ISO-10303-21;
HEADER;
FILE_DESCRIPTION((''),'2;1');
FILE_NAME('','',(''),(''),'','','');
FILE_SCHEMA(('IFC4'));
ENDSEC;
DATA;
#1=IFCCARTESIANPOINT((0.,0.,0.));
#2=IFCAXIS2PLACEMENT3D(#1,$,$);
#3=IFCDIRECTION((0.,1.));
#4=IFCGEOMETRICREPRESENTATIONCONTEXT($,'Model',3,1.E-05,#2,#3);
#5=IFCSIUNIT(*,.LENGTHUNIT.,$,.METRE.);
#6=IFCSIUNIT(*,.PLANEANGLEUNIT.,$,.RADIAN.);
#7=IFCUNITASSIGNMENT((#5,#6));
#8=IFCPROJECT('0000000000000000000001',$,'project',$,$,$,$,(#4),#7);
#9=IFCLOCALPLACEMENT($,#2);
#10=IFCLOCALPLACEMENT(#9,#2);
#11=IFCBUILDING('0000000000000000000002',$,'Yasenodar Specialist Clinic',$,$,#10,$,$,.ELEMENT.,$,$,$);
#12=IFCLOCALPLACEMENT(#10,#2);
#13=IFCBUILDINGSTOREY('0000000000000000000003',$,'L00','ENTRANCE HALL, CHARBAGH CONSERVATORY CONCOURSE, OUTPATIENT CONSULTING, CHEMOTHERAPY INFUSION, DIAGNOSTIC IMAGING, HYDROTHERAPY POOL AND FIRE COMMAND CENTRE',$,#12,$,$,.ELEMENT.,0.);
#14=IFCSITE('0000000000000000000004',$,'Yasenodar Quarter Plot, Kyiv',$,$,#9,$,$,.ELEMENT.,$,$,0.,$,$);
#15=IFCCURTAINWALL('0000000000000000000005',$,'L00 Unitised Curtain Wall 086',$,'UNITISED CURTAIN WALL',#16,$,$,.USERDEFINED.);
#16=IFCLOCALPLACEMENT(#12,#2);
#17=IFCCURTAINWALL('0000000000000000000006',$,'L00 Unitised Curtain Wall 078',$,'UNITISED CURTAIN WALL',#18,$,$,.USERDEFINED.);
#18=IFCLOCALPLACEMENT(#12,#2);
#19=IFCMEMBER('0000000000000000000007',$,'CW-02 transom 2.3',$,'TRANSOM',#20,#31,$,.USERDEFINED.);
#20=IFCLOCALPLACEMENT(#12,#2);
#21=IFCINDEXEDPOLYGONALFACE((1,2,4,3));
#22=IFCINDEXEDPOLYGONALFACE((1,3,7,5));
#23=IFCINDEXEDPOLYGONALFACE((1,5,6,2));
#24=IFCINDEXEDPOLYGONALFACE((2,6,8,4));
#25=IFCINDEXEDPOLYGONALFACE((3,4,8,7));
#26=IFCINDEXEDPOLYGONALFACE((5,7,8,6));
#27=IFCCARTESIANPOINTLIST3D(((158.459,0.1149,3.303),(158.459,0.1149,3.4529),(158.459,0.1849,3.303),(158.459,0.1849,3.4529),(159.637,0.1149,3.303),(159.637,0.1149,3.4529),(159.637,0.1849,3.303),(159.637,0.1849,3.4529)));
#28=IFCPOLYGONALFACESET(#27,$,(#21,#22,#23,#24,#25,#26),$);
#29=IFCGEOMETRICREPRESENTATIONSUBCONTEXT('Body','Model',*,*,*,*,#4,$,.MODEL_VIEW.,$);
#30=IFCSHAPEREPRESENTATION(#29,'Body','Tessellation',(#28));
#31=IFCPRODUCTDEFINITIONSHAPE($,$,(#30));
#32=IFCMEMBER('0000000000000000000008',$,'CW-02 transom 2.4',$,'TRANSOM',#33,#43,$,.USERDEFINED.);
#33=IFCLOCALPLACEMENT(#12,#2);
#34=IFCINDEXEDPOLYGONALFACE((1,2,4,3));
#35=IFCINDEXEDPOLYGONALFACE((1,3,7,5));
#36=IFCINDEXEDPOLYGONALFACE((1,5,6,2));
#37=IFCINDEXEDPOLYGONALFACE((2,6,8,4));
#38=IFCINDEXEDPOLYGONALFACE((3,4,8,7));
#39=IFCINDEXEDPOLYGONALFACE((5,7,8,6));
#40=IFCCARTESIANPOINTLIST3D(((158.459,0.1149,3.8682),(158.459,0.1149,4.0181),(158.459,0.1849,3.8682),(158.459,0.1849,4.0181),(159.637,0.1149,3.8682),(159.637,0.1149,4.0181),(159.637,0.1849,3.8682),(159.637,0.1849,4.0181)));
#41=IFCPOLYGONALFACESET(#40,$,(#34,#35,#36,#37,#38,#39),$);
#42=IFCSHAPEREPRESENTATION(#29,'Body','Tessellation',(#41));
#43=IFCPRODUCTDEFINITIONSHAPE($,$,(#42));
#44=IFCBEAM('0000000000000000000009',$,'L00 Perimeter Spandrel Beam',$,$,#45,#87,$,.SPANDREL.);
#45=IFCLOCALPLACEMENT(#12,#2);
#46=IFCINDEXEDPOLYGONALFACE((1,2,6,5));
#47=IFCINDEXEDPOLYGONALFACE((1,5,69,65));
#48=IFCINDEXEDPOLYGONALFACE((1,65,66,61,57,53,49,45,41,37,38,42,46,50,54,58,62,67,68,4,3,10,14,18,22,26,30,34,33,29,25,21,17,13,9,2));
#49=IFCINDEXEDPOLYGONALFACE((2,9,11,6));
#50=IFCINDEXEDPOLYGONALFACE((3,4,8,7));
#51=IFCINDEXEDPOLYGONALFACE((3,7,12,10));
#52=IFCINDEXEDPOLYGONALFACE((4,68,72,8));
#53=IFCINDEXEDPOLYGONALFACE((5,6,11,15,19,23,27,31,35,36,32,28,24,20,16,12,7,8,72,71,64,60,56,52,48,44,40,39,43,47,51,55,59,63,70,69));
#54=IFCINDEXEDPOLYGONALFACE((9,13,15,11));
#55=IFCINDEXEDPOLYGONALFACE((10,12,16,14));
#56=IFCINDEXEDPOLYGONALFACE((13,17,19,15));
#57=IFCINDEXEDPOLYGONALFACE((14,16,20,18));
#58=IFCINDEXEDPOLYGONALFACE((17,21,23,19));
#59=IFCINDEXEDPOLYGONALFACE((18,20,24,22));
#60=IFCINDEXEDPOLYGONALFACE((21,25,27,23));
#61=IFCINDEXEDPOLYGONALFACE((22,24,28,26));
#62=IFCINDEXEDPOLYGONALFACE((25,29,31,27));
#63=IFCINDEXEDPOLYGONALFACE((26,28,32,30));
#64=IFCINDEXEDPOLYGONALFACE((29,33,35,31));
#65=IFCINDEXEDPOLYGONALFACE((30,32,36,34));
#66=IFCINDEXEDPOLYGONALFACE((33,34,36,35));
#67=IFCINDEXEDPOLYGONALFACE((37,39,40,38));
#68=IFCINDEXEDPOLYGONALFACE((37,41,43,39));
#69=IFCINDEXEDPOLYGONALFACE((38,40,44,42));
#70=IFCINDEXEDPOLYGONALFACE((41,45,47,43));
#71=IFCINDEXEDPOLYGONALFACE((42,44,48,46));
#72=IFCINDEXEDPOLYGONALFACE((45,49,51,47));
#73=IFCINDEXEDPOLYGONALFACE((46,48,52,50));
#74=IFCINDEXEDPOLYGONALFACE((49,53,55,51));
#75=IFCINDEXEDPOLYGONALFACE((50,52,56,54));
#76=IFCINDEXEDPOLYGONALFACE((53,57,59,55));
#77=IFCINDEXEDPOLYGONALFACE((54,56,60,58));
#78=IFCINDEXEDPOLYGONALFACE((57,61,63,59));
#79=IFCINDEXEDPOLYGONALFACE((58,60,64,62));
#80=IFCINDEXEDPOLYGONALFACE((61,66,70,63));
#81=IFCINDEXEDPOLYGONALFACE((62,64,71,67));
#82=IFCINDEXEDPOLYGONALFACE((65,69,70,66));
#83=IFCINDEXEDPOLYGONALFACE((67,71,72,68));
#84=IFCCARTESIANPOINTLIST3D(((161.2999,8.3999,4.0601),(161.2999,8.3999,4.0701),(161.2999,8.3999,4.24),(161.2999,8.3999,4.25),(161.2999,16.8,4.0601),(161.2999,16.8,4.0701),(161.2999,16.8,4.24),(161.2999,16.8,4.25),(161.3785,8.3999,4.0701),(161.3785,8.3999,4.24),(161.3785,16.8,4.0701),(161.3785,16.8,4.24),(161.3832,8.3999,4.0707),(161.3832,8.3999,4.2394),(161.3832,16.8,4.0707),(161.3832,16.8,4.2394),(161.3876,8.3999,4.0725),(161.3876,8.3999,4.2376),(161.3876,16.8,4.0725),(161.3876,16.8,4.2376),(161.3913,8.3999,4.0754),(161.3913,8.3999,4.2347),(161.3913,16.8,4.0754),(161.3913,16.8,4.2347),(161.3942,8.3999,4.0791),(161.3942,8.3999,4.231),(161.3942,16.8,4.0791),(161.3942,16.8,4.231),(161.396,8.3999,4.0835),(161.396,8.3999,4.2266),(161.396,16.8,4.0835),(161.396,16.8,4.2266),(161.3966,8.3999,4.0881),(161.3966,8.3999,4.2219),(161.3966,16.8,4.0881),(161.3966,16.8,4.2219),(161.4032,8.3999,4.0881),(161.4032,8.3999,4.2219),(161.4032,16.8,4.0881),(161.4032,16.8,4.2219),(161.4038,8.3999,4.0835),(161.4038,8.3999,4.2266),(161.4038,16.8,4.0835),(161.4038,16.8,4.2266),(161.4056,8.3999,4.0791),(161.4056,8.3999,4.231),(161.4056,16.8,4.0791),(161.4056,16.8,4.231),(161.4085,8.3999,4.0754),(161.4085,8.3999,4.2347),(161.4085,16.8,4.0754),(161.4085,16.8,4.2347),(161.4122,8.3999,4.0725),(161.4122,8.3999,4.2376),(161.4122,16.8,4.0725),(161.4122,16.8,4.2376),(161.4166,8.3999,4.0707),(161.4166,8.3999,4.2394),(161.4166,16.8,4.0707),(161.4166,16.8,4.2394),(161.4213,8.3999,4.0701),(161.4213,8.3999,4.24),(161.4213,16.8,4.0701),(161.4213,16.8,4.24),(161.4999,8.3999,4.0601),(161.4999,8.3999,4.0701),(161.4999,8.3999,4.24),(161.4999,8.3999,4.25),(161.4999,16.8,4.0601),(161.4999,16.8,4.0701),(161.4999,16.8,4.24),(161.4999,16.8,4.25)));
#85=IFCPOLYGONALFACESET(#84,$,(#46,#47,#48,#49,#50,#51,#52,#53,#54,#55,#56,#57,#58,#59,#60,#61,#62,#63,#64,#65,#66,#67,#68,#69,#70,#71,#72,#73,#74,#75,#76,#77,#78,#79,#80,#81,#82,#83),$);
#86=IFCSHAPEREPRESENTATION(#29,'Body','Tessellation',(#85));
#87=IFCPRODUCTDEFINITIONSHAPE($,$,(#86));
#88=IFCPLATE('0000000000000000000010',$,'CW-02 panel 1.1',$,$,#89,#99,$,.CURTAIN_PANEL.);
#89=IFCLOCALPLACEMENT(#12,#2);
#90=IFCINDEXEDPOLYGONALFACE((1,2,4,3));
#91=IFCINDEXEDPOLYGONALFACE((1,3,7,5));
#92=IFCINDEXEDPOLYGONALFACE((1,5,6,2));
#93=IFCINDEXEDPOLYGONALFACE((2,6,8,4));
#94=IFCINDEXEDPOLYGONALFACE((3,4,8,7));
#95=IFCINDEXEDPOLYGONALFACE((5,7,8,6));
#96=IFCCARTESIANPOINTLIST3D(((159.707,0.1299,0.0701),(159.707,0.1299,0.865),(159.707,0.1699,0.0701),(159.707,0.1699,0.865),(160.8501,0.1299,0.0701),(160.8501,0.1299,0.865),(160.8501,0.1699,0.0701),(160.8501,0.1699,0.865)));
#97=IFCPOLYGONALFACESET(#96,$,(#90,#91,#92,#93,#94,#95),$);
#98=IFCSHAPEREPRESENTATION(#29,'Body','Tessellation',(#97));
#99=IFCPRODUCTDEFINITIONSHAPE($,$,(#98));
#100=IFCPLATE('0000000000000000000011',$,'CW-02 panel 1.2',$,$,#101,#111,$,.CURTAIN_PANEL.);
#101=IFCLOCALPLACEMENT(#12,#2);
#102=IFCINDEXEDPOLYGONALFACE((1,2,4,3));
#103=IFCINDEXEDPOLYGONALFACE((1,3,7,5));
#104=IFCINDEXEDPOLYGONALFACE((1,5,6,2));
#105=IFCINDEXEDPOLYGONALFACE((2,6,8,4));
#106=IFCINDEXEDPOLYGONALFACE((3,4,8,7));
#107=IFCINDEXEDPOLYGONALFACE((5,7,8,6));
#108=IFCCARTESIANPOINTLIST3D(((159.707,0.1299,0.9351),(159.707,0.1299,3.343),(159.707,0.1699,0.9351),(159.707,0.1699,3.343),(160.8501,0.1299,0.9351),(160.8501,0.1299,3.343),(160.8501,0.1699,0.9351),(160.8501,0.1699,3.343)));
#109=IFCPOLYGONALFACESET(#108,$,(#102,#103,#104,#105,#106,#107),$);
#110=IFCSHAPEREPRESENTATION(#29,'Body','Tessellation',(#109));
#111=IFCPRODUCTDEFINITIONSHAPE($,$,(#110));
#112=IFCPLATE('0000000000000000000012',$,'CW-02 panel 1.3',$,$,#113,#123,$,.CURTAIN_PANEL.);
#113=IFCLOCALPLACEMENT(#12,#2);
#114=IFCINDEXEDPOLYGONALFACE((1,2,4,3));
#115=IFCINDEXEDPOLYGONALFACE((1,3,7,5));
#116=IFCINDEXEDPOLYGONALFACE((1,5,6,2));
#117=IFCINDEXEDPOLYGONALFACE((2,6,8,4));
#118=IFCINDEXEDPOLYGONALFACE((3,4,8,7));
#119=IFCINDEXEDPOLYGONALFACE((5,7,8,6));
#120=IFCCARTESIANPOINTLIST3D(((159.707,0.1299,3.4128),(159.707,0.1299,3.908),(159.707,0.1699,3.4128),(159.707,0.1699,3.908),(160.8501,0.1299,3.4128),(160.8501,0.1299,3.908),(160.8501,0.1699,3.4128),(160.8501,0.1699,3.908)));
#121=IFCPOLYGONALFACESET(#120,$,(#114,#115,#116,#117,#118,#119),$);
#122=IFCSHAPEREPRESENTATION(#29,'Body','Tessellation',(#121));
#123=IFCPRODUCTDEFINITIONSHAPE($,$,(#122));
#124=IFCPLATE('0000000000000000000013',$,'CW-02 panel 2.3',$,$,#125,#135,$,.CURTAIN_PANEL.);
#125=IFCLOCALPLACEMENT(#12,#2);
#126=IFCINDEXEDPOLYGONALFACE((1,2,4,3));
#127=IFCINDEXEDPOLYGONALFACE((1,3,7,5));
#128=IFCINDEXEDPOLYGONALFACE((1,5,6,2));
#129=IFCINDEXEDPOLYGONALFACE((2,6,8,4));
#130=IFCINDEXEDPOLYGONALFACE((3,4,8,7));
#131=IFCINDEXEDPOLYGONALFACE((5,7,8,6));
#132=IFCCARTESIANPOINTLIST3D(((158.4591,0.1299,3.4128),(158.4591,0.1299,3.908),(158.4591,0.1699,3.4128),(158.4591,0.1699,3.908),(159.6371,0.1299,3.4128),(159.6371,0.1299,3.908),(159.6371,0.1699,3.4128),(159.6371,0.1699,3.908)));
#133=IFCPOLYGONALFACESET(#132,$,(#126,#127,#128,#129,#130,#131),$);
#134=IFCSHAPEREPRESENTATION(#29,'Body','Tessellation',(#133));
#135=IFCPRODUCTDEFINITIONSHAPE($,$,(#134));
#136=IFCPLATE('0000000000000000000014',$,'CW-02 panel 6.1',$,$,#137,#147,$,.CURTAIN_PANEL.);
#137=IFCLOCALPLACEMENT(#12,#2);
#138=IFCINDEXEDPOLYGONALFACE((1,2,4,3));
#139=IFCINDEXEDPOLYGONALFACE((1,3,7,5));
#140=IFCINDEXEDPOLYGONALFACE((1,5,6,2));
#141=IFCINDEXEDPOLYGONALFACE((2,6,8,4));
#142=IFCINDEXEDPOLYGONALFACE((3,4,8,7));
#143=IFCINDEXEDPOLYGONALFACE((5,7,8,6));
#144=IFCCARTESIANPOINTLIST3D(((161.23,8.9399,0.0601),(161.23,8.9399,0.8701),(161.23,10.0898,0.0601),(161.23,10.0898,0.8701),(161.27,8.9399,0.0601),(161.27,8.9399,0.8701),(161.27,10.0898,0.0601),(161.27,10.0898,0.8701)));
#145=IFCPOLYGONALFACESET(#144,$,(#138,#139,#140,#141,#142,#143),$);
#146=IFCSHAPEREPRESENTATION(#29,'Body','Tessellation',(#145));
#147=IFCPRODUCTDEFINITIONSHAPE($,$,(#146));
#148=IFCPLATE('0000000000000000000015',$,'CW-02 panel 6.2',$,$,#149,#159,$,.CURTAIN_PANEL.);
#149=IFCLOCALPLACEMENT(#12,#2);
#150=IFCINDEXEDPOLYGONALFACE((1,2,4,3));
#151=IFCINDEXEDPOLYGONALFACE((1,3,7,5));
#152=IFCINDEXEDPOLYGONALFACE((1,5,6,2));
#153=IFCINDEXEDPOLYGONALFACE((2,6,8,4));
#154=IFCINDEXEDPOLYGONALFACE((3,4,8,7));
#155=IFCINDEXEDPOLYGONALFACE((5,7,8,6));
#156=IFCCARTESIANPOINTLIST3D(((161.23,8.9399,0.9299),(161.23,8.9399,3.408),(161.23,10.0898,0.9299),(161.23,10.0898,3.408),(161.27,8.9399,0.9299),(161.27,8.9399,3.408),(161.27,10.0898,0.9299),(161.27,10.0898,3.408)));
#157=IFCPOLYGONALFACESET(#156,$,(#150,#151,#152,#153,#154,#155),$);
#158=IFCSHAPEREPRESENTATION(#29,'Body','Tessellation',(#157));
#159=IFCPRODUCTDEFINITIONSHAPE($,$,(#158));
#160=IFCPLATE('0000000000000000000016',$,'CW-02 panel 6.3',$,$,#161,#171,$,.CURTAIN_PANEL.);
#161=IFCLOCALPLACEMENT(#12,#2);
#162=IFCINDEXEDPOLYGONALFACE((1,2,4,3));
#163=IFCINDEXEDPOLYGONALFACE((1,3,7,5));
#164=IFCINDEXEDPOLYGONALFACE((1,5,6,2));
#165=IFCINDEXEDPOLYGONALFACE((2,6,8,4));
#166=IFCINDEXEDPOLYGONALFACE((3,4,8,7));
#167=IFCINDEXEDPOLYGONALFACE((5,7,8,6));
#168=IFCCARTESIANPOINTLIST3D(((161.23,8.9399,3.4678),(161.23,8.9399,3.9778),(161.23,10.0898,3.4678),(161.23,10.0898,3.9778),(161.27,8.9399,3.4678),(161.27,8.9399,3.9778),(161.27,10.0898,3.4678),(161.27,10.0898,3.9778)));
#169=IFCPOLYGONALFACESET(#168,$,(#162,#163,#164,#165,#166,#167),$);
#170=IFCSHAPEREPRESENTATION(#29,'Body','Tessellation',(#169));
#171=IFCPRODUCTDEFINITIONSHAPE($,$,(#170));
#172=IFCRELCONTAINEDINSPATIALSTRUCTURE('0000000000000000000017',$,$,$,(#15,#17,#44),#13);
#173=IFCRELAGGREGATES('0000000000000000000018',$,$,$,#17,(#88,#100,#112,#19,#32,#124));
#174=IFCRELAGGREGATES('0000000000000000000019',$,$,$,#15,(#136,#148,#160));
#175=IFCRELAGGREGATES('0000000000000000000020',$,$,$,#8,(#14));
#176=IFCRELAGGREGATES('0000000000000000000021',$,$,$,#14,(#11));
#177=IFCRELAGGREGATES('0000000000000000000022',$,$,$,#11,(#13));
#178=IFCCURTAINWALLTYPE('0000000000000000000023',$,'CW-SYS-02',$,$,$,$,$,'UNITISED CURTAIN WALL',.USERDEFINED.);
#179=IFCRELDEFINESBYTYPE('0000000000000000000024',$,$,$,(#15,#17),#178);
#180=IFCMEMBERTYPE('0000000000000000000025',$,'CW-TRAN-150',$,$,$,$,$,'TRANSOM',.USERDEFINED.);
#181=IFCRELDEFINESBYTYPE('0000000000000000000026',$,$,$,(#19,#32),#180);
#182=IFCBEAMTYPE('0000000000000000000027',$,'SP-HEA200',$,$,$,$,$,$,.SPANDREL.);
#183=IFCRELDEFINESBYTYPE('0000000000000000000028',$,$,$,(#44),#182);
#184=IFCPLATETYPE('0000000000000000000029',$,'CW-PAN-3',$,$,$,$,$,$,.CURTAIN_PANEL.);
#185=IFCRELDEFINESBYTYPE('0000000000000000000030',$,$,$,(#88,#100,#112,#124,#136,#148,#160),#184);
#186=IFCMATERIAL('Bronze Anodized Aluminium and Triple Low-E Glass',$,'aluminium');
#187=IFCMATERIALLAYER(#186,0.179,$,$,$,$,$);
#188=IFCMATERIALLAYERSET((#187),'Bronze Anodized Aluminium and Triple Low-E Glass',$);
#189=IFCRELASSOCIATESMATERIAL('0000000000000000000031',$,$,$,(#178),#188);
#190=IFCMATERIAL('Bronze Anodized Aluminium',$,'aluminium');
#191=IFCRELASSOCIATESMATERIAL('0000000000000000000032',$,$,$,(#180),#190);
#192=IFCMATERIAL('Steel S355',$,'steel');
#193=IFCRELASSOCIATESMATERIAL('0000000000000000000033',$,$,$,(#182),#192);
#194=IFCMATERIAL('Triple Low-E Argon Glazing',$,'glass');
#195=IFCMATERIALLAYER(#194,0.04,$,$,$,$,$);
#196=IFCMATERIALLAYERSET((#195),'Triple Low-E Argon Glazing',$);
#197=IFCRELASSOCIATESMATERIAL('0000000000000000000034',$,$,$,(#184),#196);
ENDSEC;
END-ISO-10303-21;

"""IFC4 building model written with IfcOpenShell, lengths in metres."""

from ifc_helpers import new_model, si_unit, direction, frame, origin, origin_2d, place, context, subcontext, project, spatial, rectangle, i_section, extrude, material, layer, layer_set, material_profile, profile_set, type_object, element, aggregate, save


model = new_model("IFC4")

# Units and contexts
model_context = context("Model", 3, precision=1e-05, world=origin(), true_north=direction((0.0, 1.0)))
body_context = subcontext(model_context, "Body", "Model", "MODEL_VIEW")
ifc_project = project(units=[si_unit("LENGTHUNIT", "METRE"), si_unit("PLANEANGLEUNIT", "RADIAN")], contexts=[model_context])

# Site, building, storey
site_placement = place(None, origin())
site = spatial("IfcSite", under=ifc_project, at=site_placement, Name="Yasenodar Quarter Plot, Kyiv", CompositionType="ELEMENT", RefElevation=0.0)
building_placement = place(site_placement, origin())
building = spatial("IfcBuilding", under=site, at=building_placement, Name="Yasenodar Specialist Clinic", CompositionType="ELEMENT")
storey_placement = place(building_placement, origin())
storey = spatial("IfcBuildingStorey", under=building, at=storey_placement, Name="L00", Description="ENTRANCE HALL, CHARBAGH CONSERVATORY CONCOURSE, OUTPATIENT CONSULTING, CHEMOTHERAPY INFUSION, DIAGNOSTIC IMAGING, HYDROTHERAPY POOL AND FIRE COMMAND CENTRE", CompositionType="ELEMENT", Elevation=0.0)

# Shared definitions
ifc_material_1 = material(Name="Steel S355", Category="steel")

# Curtain wall
ifc_material_2 = material(Name="Bronze Anodized Aluminium and Triple Low-E Glass", Category="aluminium")
ifc_layer_1 = layer(ifc_material_2, 0.179)
ifc_layer_set_1 = layer_set([ifc_layer_1], Name="Bronze Anodized Aluminium and Triple Low-E Glass")
curtain_wall_type = type_object("IfcCurtainWallType", Name="CW-SYS-02", ElementType="UNITISED CURTAIN WALL", PredefinedType="USERDEFINED", material=ifc_layer_set_1)
curtain_wall_1_placement = place(storey_placement, origin())
curtain_wall_1 = element("IfcCurtainWall", 1, at=curtain_wall_1_placement, inside=storey, type_object=curtain_wall_type, Name="L00 Unitised Curtain Wall 086", ObjectType="UNITISED CURTAIN WALL", PredefinedType="USERDEFINED")
ifc_material_3 = material(Name="Bronze Anodized Aluminium", Category="aluminium")

# Curtain wall
curtain_wall_2_placement = place(storey_placement, origin())
curtain_wall_2 = element("IfcCurtainWall", 2, at=curtain_wall_2_placement, inside=storey, type_object=curtain_wall_type, Name="L00 Unitised Curtain Wall 078", ObjectType="UNITISED CURTAIN WALL", PredefinedType="USERDEFINED")

# Members
ifc_material_profile_1 = material_profile(ifc_material_3, rectangle(XDim=0.0701, YDim=0.1499, at=origin_2d()), Name="CW-TRAN 70x150")
ifc_profile_set_1 = profile_set([ifc_material_profile_1], Name="Bronze Anodized Aluminium")
member_type_1 = type_object("IfcMemberType", Name="CW-TRAN-150", ElementType="TRANSOM", PredefinedType="USERDEFINED", material=ifc_profile_set_1)
member_1_placement = place(storey_placement, frame((159.637, 0.1499, 3.3779), z_axis=(-1.0, 0.0, 0.0), x_axis=(0.0, -1.0, 0.0)))
member_1 = element("IfcMember", 3, at=member_1_placement, type_object=member_type_1, Name="CW-02 transom 2.3", ObjectType="TRANSOM", PredefinedType="USERDEFINED", context=body_context, shape_type="SweptSolid", body=[
    extrude(rectangle(XDim=0.0701, YDim=0.1499, at=origin_2d()), origin(), (0.0, 0.0, 1.0), 1.178),
])
member_2_placement = place(storey_placement, frame((159.637, 0.1499, 3.9431), z_axis=(-1.0, 0.0, 0.0), x_axis=(0.0, -1.0, 0.0)))
member_2 = element("IfcMember", 4, at=member_2_placement, type_object=member_type_1, Name="CW-02 transom 2.4", ObjectType="TRANSOM", PredefinedType="USERDEFINED", context=body_context, shape_type="SweptSolid", body=[
    extrude(rectangle(XDim=0.0701, YDim=0.1499, at=origin_2d()), origin(), (0.0, 0.0, 1.0), 1.178),
])

# Beam
ifc_material_profile_2 = material_profile(ifc_material_1, i_section(OverallWidth=0.2, OverallDepth=0.1899, WebThickness=0.0066, FlangeThickness=0.01, FilletRadius=0.0181, at=origin_2d()), Name="HEA 200")
ifc_profile_set_2 = profile_set([ifc_material_profile_2], Name="Steel S355")
beam_type = type_object("IfcBeamType", Name="SP-HEA200", PredefinedType="SPANDREL", material=ifc_profile_set_2)
beam_placement = place(storey_placement, frame((161.3999, 8.3999, 4.155), z_axis=(0.0, 1.0, 0.0), x_axis=(-1.0, 0.0, 0.0)))
element("IfcBeam", 5, at=beam_placement, inside=storey, type_object=beam_type, Name="L00 Perimeter Spandrel Beam", PredefinedType="SPANDREL", context=body_context, shape_type="SweptSolid", body=[
    extrude(i_section(OverallWidth=0.2, OverallDepth=0.1899, WebThickness=0.0066, FlangeThickness=0.01, FilletRadius=0.0181, at=origin_2d()), origin(), (0.0, 0.0, 1.0), 8.4001),
])

# Plates
ifc_material_4 = material(Name="Triple Low-E Argon Glazing", Category="glass")
ifc_layer_2 = layer(ifc_material_4, 0.04)
ifc_layer_set_2 = layer_set([ifc_layer_2], Name="Triple Low-E Argon Glazing")
plate_type = type_object("IfcPlateType", Name="CW-PAN-3", PredefinedType="CURTAIN_PANEL", material=ifc_layer_set_2)
plate_1_placement = place(storey_placement, frame((160.2786, 0.1499, 0.0701), z_axis=(0.0, 0.0, 1.0), x_axis=(-1.0, 0.0, 0.0)))
plate_1 = element("IfcPlate", 6, at=plate_1_placement, type_object=plate_type, Name="CW-02 panel 1.1", PredefinedType="CURTAIN_PANEL", context=body_context, shape_type="SweptSolid", body=[
    extrude(rectangle(XDim=1.1431, YDim=0.04, at=origin_2d()), origin(), (0.0, 0.0, 1.0), 0.7949),
])
plate_2_placement = place(storey_placement, frame((160.2786, 0.1499, 0.9351), z_axis=(0.0, 0.0, 1.0), x_axis=(-1.0, 0.0, 0.0)))
plate_2 = element("IfcPlate", 7, at=plate_2_placement, type_object=plate_type, Name="CW-02 panel 1.2", PredefinedType="CURTAIN_PANEL", context=body_context, shape_type="SweptSolid", body=[
    extrude(rectangle(XDim=1.1431, YDim=0.04, at=origin_2d()), origin(), (0.0, 0.0, 1.0), 2.408),
])
plate_3_placement = place(storey_placement, frame((160.2786, 0.1499, 3.4128), z_axis=(0.0, 0.0, 1.0), x_axis=(-1.0, 0.0, 0.0)))
plate_3 = element("IfcPlate", 8, at=plate_3_placement, type_object=plate_type, Name="CW-02 panel 1.3", PredefinedType="CURTAIN_PANEL", context=body_context, shape_type="SweptSolid", body=[
    extrude(rectangle(XDim=1.1431, YDim=0.04, at=origin_2d()), origin(), (0.0, 0.0, 1.0), 0.4951),
])
plate_4_placement = place(storey_placement, frame((159.0481, 0.1499, 3.4128), z_axis=(0.0, 0.0, 1.0), x_axis=(-1.0, 0.0, 0.0)))
plate_4 = element("IfcPlate", 9, at=plate_4_placement, type_object=plate_type, Name="CW-02 panel 2.3", PredefinedType="CURTAIN_PANEL", context=body_context, shape_type="SweptSolid", body=[
    extrude(rectangle(XDim=1.178, YDim=0.04, at=origin_2d()), origin(), (0.0, 0.0, 1.0), 0.4951),
])
aggregate(curtain_wall_2, [plate_1, plate_2, plate_3, member_1, member_2, plate_4])
plate_5_placement = place(storey_placement, frame((161.25, 9.5149, 0.0601), z_axis=(0.0, 0.0, 1.0), x_axis=(0.0, -1.0, 0.0)))
plate_5 = element("IfcPlate", 10, at=plate_5_placement, type_object=plate_type, Name="CW-02 panel 6.1", PredefinedType="CURTAIN_PANEL", context=body_context, shape_type="SweptSolid", body=[
    extrude(rectangle(XDim=1.1499, YDim=0.04, at=origin_2d()), origin(), (0.0, 0.0, 1.0), 0.8101),
])
plate_6_placement = place(storey_placement, frame((161.25, 9.5149, 0.9299), z_axis=(0.0, 0.0, 1.0), x_axis=(0.0, -1.0, 0.0)))
plate_6 = element("IfcPlate", 11, at=plate_6_placement, type_object=plate_type, Name="CW-02 panel 6.2", PredefinedType="CURTAIN_PANEL", context=body_context, shape_type="SweptSolid", body=[
    extrude(rectangle(XDim=1.1499, YDim=0.04, at=origin_2d()), origin(), (0.0, 0.0, 1.0), 2.478),
])
plate_7_placement = place(storey_placement, frame((161.25, 9.5149, 3.4678), z_axis=(0.0, 0.0, 1.0), x_axis=(0.0, -1.0, 0.0)))
plate_7 = element("IfcPlate", 12, at=plate_7_placement, type_object=plate_type, Name="CW-02 panel 6.3", PredefinedType="CURTAIN_PANEL", context=body_context, shape_type="SweptSolid", body=[
    extrude(rectangle(XDim=1.1499, YDim=0.04, at=origin_2d()), origin(), (0.0, 0.0, 1.0), 0.51),
])
aggregate(curtain_wall_1, [plate_5, plate_6, plate_7])

save(model, "model.ifc")
